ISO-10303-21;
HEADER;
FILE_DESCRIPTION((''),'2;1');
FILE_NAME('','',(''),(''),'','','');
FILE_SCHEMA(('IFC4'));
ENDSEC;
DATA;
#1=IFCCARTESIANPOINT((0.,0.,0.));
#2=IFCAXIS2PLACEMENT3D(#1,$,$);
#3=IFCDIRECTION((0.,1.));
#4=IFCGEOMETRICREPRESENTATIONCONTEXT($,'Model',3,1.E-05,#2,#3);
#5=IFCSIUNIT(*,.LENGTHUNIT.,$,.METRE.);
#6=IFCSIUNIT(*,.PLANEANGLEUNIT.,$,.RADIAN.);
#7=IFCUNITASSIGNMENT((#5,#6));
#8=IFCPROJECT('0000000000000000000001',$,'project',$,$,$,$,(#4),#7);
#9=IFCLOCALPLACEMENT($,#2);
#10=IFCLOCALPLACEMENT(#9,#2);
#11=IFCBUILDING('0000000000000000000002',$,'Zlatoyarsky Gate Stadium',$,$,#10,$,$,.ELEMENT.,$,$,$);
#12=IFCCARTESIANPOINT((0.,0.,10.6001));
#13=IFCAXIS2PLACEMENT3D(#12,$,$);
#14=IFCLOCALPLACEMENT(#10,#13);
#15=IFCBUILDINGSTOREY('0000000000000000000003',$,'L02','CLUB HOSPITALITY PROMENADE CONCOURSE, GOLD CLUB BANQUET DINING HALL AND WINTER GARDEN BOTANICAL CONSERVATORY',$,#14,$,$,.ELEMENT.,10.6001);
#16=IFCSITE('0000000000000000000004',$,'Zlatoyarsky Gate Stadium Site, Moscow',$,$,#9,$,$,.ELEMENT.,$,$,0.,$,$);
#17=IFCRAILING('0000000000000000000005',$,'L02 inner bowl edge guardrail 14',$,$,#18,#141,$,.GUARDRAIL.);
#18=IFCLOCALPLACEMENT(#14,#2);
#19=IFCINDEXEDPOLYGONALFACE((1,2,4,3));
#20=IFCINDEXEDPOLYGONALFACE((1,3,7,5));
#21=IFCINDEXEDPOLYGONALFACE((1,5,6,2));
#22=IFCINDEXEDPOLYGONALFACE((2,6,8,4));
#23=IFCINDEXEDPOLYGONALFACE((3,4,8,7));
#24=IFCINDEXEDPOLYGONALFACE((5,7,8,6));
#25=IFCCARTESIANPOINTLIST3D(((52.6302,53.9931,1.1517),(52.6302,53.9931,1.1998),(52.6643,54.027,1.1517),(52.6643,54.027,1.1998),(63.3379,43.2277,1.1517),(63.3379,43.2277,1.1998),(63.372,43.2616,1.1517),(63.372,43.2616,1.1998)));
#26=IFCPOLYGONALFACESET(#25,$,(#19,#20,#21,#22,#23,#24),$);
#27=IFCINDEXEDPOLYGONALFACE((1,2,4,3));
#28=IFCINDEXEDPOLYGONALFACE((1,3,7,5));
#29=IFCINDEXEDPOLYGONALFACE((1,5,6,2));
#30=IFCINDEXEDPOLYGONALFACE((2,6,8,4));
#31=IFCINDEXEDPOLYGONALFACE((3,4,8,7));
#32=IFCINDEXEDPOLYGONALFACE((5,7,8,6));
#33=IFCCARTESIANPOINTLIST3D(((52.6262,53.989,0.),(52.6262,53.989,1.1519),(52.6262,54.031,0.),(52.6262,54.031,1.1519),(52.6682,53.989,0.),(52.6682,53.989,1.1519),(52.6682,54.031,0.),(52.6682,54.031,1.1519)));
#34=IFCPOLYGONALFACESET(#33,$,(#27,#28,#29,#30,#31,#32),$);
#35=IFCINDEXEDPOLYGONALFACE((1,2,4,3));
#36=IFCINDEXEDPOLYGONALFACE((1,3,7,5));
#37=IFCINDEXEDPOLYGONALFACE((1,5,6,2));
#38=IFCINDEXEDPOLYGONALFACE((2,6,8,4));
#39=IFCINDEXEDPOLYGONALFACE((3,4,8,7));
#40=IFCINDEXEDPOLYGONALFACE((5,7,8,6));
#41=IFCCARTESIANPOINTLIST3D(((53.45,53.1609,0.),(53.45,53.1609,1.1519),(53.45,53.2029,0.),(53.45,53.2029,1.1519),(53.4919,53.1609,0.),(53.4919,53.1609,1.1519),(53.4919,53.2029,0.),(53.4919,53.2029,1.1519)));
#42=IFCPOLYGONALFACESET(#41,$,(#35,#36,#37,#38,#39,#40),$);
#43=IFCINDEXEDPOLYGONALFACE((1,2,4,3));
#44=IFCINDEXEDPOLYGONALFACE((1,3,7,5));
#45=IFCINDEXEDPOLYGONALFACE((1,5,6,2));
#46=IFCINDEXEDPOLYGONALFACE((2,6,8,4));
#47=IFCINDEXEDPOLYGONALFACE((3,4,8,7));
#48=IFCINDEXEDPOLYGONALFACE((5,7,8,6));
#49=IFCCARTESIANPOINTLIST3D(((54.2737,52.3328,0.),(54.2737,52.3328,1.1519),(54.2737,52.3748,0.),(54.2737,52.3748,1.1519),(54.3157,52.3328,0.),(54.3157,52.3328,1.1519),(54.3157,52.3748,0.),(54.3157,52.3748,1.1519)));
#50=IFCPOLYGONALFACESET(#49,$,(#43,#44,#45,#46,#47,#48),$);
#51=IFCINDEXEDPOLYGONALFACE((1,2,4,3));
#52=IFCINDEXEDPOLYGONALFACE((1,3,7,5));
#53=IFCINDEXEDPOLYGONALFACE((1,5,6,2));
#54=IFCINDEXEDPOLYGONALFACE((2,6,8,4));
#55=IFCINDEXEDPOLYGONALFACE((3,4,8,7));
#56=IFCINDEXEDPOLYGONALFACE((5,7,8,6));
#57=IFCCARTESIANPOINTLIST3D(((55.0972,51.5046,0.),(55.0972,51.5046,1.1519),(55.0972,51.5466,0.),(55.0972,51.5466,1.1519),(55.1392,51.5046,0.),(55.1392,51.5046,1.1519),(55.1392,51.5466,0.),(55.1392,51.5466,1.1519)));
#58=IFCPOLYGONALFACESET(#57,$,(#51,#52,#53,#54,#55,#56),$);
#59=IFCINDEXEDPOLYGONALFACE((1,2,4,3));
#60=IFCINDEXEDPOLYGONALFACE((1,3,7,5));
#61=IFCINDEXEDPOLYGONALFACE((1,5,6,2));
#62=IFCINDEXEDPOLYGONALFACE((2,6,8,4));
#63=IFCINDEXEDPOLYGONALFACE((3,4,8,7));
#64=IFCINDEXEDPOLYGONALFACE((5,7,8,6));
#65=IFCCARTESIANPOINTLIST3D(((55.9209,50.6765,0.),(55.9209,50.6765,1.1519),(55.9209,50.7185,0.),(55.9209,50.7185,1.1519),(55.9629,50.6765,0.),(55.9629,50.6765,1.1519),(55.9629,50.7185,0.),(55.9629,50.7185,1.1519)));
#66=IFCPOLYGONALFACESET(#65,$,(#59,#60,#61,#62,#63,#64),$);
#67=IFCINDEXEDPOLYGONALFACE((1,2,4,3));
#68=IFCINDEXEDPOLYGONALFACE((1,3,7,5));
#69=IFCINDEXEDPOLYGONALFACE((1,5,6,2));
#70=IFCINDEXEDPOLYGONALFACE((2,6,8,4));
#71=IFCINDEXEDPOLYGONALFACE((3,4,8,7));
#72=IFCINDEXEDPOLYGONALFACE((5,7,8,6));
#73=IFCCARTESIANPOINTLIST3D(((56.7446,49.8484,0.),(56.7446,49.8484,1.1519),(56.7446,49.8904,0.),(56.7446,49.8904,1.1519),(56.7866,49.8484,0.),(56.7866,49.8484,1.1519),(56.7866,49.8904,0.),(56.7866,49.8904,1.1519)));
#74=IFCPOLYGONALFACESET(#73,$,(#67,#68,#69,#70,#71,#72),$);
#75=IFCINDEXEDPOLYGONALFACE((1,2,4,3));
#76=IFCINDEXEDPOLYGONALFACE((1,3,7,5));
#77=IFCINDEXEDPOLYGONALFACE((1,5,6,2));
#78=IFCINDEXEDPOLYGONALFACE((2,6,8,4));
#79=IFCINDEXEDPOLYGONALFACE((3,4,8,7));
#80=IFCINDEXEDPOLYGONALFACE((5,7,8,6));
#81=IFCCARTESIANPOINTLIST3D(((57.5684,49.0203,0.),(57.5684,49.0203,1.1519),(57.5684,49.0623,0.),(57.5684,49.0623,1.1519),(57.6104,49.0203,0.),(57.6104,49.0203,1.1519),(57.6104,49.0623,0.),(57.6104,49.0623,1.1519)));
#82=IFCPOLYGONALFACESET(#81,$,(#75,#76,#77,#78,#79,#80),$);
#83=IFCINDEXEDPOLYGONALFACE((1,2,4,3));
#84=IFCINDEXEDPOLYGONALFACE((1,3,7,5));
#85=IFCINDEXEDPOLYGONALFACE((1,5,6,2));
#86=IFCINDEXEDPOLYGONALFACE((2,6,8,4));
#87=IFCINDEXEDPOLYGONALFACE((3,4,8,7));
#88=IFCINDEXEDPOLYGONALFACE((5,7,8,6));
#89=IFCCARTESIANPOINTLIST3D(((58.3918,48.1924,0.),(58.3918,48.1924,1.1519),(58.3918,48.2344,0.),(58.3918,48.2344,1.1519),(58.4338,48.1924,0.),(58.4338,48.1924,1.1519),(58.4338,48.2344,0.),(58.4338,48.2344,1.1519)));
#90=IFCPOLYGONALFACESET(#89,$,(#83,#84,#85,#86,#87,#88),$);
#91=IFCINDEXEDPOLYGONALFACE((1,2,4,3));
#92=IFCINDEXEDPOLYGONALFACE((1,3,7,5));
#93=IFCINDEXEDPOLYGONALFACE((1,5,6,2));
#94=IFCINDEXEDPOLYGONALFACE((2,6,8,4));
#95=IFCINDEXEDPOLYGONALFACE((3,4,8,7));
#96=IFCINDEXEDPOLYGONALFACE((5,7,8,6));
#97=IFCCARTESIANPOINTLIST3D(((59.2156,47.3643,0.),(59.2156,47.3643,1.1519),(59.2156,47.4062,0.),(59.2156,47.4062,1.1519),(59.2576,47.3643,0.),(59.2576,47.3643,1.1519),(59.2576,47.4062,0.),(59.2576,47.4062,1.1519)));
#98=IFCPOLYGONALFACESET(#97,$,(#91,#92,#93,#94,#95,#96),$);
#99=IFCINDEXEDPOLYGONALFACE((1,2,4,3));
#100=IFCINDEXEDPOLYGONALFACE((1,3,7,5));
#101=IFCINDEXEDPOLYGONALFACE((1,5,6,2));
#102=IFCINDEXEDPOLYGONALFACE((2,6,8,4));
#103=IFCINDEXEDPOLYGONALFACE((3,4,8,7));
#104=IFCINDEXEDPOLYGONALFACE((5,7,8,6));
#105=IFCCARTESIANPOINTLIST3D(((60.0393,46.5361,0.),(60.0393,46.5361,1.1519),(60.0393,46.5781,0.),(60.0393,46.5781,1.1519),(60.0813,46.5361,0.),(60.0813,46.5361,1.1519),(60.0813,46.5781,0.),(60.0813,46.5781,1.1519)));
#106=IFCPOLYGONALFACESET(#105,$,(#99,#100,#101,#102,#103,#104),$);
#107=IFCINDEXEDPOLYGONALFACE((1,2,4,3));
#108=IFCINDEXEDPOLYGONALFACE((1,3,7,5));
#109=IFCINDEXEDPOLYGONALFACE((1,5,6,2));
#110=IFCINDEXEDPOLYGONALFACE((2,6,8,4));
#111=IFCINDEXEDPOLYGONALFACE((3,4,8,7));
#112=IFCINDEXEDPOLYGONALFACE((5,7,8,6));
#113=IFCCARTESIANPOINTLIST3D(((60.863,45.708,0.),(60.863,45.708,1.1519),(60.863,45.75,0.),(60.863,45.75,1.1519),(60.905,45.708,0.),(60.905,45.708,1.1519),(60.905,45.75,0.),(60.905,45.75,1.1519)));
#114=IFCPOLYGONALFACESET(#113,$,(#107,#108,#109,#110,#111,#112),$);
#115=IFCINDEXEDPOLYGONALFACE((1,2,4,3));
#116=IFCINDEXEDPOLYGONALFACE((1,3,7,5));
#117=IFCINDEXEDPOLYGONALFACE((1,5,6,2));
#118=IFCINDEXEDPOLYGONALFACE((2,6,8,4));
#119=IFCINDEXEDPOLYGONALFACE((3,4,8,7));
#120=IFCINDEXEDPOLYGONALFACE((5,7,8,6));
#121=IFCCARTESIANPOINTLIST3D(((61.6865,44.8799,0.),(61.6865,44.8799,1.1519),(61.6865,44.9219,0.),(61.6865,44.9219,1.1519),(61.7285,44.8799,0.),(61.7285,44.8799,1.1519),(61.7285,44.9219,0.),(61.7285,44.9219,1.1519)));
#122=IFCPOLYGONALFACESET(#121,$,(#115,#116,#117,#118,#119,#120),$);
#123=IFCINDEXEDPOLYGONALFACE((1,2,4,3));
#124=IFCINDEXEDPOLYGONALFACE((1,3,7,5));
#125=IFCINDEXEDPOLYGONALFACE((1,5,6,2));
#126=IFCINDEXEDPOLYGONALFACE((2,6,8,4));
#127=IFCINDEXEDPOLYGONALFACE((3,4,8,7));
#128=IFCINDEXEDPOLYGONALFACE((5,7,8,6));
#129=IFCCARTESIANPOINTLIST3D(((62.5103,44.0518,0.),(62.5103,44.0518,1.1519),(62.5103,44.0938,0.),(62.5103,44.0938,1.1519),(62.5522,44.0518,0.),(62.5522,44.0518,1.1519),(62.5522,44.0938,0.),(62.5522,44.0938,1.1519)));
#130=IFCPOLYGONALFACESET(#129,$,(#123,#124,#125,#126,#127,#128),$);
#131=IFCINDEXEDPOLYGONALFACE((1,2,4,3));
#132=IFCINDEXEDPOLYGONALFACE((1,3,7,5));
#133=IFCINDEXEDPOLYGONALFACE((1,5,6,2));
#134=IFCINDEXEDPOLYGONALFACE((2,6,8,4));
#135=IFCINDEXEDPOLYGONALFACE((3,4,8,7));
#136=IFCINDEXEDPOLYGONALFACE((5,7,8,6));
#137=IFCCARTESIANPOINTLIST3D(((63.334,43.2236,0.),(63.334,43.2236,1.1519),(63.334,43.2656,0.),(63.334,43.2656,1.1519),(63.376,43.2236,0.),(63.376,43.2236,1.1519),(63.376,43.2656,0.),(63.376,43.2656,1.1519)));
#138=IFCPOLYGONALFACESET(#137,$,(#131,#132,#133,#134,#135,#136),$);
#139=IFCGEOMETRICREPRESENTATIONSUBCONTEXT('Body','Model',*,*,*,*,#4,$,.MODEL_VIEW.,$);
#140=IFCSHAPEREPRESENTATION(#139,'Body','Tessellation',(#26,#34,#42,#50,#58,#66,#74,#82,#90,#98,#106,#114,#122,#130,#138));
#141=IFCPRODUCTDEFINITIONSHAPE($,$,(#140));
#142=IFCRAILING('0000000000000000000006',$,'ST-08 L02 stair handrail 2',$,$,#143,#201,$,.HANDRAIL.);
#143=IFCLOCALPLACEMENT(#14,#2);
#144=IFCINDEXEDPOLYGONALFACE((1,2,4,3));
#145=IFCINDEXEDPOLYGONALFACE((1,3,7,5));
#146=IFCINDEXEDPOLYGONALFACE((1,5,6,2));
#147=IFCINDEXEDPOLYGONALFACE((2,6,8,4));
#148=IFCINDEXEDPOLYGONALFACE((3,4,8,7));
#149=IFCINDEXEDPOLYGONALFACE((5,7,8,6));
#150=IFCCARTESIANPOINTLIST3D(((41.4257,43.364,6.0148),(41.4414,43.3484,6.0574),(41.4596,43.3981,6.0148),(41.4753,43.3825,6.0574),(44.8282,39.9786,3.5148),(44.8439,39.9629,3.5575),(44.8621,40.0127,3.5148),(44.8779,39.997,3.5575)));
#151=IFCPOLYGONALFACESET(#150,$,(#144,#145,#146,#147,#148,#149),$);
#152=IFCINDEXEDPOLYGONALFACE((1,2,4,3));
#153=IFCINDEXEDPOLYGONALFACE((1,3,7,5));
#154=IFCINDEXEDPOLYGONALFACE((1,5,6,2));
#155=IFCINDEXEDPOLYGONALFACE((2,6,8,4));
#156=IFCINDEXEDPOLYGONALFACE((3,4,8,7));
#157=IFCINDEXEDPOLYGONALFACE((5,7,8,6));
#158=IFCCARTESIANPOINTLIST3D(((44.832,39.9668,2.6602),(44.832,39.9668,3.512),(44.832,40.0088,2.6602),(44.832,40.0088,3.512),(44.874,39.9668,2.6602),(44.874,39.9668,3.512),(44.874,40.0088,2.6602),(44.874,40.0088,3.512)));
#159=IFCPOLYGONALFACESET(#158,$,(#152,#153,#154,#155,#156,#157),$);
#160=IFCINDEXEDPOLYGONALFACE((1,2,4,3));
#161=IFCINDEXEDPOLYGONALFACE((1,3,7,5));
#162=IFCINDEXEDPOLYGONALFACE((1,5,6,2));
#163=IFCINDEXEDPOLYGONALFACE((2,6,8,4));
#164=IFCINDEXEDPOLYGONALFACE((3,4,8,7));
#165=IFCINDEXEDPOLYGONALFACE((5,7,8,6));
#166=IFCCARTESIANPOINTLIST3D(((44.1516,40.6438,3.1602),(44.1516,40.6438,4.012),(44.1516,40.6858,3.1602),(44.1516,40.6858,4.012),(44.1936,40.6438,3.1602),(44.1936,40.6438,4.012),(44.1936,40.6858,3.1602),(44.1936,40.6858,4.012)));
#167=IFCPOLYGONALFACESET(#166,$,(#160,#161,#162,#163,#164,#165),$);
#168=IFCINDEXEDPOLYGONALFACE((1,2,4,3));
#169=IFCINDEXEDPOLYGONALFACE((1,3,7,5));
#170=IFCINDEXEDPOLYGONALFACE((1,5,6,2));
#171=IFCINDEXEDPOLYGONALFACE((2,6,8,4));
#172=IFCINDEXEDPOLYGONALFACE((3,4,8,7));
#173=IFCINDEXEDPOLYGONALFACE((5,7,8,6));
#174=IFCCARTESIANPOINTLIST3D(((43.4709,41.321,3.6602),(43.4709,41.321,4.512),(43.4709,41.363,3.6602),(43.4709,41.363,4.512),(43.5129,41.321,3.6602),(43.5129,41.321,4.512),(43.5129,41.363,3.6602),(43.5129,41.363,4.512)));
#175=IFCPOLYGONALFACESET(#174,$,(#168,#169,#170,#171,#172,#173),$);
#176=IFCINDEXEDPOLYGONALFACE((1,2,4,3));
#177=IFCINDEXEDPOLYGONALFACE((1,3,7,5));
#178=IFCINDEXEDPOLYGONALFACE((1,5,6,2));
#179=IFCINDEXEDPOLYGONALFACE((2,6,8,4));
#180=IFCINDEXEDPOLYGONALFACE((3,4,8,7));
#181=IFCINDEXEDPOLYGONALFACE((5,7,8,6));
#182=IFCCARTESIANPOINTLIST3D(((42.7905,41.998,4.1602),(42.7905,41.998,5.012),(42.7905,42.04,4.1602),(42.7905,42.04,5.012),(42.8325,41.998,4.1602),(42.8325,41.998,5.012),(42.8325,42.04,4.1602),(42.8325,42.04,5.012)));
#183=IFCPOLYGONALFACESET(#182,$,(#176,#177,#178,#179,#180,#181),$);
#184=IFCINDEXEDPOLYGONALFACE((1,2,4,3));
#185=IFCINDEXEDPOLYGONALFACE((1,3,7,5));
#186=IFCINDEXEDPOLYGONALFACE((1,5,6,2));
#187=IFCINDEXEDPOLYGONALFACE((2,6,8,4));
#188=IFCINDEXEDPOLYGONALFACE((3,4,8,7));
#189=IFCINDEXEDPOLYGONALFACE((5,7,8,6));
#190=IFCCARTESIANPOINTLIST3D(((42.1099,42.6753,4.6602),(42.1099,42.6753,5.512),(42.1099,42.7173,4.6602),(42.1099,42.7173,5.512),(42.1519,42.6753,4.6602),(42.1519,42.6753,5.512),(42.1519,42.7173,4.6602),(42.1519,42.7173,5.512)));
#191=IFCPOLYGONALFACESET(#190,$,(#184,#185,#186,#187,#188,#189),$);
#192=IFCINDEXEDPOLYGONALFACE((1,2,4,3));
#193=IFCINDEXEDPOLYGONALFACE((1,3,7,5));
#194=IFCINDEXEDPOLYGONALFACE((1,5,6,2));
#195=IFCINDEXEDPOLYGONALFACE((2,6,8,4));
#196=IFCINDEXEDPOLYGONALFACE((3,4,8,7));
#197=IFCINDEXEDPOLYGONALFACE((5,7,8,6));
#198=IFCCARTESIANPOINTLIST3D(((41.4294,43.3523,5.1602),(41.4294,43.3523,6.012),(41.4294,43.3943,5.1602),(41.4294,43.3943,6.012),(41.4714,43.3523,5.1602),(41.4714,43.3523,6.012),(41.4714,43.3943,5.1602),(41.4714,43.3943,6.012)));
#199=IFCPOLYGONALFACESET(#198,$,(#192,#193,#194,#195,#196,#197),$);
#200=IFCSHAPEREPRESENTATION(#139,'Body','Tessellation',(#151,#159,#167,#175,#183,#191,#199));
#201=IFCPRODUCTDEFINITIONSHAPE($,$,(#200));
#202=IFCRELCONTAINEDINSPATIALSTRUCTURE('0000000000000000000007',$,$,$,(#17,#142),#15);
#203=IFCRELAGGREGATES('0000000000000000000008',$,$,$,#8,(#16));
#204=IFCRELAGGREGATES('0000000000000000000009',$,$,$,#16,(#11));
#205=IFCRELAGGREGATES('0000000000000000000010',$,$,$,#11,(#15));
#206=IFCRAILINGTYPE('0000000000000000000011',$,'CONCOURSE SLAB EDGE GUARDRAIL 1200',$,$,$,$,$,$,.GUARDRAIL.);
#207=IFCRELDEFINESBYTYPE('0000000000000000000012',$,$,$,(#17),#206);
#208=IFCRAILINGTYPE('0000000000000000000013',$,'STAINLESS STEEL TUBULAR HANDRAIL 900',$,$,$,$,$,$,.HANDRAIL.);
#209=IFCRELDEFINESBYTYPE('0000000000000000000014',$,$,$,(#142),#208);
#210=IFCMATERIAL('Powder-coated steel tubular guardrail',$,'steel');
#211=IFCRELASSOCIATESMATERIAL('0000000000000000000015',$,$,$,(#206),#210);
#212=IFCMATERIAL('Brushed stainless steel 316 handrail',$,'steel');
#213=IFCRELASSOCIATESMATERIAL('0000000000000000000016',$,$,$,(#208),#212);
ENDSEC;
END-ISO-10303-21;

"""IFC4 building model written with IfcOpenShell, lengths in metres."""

from ifc_helpers import new_model, si_unit, direction, frame, origin, origin_2d, place, context, subcontext, project, spatial, rectangle, extrude, material, type_object, element, save


model = new_model("IFC4")

# Units and contexts
model_context = context("Model", 3, precision=1e-05, world=origin(), true_north=direction((0.0, 1.0)))
body_context = subcontext(model_context, "Body", "Model", "MODEL_VIEW")
ifc_project = project(units=[si_unit("LENGTHUNIT", "METRE"), si_unit("PLANEANGLEUNIT", "RADIAN")], contexts=[model_context])

# Site, building, storey
site_placement = place(None, origin())
site = spatial("IfcSite", under=ifc_project, at=site_placement, Name="Zlatoyarsky Gate Stadium Site, Moscow", CompositionType="ELEMENT", RefElevation=0.0)
building_placement = place(site_placement, origin())
building = spatial("IfcBuilding", under=site, at=building_placement, Name="Zlatoyarsky Gate Stadium", CompositionType="ELEMENT")
storey_placement = place(building_placement, frame((0.0, 0.0, 10.6001)))
storey = spatial("IfcBuildingStorey", under=building, at=storey_placement, Name="L02", Description="CLUB HOSPITALITY PROMENADE CONCOURSE, GOLD CLUB BANQUET DINING HALL AND WINTER GARDEN BOTANICAL CONSERVATORY", CompositionType="ELEMENT", Elevation=10.6001)

# Railings
ifc_material_1 = material(Name="Powder-coated steel tubular guardrail", Category="steel")
railing_type_1 = type_object("IfcRailingType", Name="CONCOURSE SLAB EDGE GUARDRAIL 1200", PredefinedType="GUARDRAIL", material=ifc_material_1)
railing_1_placement = place(storey_placement, frame((52.6472, 54.01, 0.0)))
element("IfcRailing", 1, at=railing_1_placement, inside=storey, type_object=railing_type_1, Name="L02 inner bowl edge guardrail 14", PredefinedType="GUARDRAIL", context=body_context, shape_type="SweptSolid", body=[
    extrude(rectangle(XDim=0.0481, YDim=0.0481, at=origin_2d()), frame((0.0, 0.0, 1.1758), z_axis=(0.705207, -0.709002, 0.0), x_axis=(0.709002, 0.705207, 0.0)), (0.0, 0.0, 1.0), 15.1838),
    extrude(rectangle(XDim=0.042, YDim=0.042, at=origin_2d()), origin(), (0.0, 0.0, 1.0), 1.1519),
    extrude(rectangle(XDim=0.042, YDim=0.042, at=origin_2d()), frame((0.8237, -0.8281, 0.0)), (0.0, 0.0, 1.0), 1.1519),
    extrude(rectangle(XDim=0.042, YDim=0.042, at=origin_2d()), frame((1.6475, -1.6562, 0.0)), (0.0, 0.0, 1.0), 1.1519),
    extrude(rectangle(XDim=0.042, YDim=0.042, at=origin_2d()), frame((2.4709, -2.4844, 0.0)), (0.0, 0.0, 1.0), 1.1519),
    extrude(rectangle(XDim=0.042, YDim=0.042, at=origin_2d()), frame((3.2947, -3.3125, 0.0)), (0.0, 0.0, 1.0), 1.1519),
    extrude(rectangle(XDim=0.042, YDim=0.042, at=origin_2d()), frame((4.1184, -4.1406, 0.0)), (0.0, 0.0, 1.0), 1.1519),
    extrude(rectangle(XDim=0.042, YDim=0.042, at=origin_2d()), frame((4.9421, -4.9688, 0.0)), (0.0, 0.0, 1.0), 1.1519),
    extrude(rectangle(XDim=0.042, YDim=0.042, at=origin_2d()), frame((5.7656, -5.7966, 0.0)), (0.0, 0.0, 1.0), 1.1519),
    extrude(rectangle(XDim=0.042, YDim=0.042, at=origin_2d()), frame((6.5894, -6.6248, 0.0)), (0.0, 0.0, 1.0), 1.1519),
    extrude(rectangle(XDim=0.042, YDim=0.042, at=origin_2d()), frame((7.4131, -7.4529, 0.0)), (0.0, 0.0, 1.0), 1.1519),
    extrude(rectangle(XDim=0.042, YDim=0.042, at=origin_2d()), frame((8.2368, -8.281, 0.0)), (0.0, 0.0, 1.0), 1.1519),
    extrude(rectangle(XDim=0.042, YDim=0.042, at=origin_2d()), frame((9.0603, -9.1091, 0.0)), (0.0, 0.0, 1.0), 1.1519),
    extrude(rectangle(XDim=0.042, YDim=0.042, at=origin_2d()), frame((9.884, -9.9373, 0.0)), (0.0, 0.0, 1.0), 1.1519),
    extrude(rectangle(XDim=0.042, YDim=0.042, at=origin_2d()), frame((10.7078, -10.7654, 0.0)), (0.0, 0.0, 1.0), 1.1519),
])
ifc_material_2 = material(Name="Brushed stainless steel 316 handrail", Category="steel")
railing_type_2 = type_object("IfcRailingType", Name="STAINLESS STEEL TUBULAR HANDRAIL 900", PredefinedType="HANDRAIL", material=ifc_material_2)
railing_2_placement = place(storey_placement, frame((44.853, 39.9878, 2.6602)))
element("IfcRailing", 2, at=railing_2_placement, inside=storey, type_object=railing_type_2, Name="ST-08 L02 stair handrail 2", PredefinedType="HANDRAIL", context=body_context, shape_type="SweptSolid", body=[
    extrude(rectangle(XDim=0.0481, YDim=0.0481, at=origin_2d()), frame((0.0, 0.0, 0.876), z_axis=(-0.628718, 0.62556, 0.461941), x_axis=(-0.705324, -0.708885, 0.0)), (0.0, 0.0, 1.0), 5.4119),
    extrude(rectangle(XDim=0.042, YDim=0.042, at=origin_2d()), origin(), (0.0, 0.0, 1.0), 0.8518),
    extrude(rectangle(XDim=0.042, YDim=0.042, at=origin_2d()), frame((-0.6804, 0.677, 0.5)), (0.0, 0.0, 1.0), 0.8518),
    extrude(rectangle(XDim=0.042, YDim=0.042, at=origin_2d()), frame((-1.3611, 1.3542, 1.0)), (0.0, 0.0, 1.0), 0.8518),
    extrude(rectangle(XDim=0.042, YDim=0.042, at=origin_2d()), frame((-2.0415, 2.0312, 1.5)), (0.0, 0.0, 1.0), 0.8518),
    extrude(rectangle(XDim=0.042, YDim=0.042, at=origin_2d()), frame((-2.7222, 2.7085, 2.0)), (0.0, 0.0, 1.0), 0.8518),
    extrude(rectangle(XDim=0.042, YDim=0.042, at=origin_2d()), frame((-3.4026, 3.3855, 2.5)), (0.0, 0.0, 1.0), 0.8518),
])

save(model, "model.ifc")
